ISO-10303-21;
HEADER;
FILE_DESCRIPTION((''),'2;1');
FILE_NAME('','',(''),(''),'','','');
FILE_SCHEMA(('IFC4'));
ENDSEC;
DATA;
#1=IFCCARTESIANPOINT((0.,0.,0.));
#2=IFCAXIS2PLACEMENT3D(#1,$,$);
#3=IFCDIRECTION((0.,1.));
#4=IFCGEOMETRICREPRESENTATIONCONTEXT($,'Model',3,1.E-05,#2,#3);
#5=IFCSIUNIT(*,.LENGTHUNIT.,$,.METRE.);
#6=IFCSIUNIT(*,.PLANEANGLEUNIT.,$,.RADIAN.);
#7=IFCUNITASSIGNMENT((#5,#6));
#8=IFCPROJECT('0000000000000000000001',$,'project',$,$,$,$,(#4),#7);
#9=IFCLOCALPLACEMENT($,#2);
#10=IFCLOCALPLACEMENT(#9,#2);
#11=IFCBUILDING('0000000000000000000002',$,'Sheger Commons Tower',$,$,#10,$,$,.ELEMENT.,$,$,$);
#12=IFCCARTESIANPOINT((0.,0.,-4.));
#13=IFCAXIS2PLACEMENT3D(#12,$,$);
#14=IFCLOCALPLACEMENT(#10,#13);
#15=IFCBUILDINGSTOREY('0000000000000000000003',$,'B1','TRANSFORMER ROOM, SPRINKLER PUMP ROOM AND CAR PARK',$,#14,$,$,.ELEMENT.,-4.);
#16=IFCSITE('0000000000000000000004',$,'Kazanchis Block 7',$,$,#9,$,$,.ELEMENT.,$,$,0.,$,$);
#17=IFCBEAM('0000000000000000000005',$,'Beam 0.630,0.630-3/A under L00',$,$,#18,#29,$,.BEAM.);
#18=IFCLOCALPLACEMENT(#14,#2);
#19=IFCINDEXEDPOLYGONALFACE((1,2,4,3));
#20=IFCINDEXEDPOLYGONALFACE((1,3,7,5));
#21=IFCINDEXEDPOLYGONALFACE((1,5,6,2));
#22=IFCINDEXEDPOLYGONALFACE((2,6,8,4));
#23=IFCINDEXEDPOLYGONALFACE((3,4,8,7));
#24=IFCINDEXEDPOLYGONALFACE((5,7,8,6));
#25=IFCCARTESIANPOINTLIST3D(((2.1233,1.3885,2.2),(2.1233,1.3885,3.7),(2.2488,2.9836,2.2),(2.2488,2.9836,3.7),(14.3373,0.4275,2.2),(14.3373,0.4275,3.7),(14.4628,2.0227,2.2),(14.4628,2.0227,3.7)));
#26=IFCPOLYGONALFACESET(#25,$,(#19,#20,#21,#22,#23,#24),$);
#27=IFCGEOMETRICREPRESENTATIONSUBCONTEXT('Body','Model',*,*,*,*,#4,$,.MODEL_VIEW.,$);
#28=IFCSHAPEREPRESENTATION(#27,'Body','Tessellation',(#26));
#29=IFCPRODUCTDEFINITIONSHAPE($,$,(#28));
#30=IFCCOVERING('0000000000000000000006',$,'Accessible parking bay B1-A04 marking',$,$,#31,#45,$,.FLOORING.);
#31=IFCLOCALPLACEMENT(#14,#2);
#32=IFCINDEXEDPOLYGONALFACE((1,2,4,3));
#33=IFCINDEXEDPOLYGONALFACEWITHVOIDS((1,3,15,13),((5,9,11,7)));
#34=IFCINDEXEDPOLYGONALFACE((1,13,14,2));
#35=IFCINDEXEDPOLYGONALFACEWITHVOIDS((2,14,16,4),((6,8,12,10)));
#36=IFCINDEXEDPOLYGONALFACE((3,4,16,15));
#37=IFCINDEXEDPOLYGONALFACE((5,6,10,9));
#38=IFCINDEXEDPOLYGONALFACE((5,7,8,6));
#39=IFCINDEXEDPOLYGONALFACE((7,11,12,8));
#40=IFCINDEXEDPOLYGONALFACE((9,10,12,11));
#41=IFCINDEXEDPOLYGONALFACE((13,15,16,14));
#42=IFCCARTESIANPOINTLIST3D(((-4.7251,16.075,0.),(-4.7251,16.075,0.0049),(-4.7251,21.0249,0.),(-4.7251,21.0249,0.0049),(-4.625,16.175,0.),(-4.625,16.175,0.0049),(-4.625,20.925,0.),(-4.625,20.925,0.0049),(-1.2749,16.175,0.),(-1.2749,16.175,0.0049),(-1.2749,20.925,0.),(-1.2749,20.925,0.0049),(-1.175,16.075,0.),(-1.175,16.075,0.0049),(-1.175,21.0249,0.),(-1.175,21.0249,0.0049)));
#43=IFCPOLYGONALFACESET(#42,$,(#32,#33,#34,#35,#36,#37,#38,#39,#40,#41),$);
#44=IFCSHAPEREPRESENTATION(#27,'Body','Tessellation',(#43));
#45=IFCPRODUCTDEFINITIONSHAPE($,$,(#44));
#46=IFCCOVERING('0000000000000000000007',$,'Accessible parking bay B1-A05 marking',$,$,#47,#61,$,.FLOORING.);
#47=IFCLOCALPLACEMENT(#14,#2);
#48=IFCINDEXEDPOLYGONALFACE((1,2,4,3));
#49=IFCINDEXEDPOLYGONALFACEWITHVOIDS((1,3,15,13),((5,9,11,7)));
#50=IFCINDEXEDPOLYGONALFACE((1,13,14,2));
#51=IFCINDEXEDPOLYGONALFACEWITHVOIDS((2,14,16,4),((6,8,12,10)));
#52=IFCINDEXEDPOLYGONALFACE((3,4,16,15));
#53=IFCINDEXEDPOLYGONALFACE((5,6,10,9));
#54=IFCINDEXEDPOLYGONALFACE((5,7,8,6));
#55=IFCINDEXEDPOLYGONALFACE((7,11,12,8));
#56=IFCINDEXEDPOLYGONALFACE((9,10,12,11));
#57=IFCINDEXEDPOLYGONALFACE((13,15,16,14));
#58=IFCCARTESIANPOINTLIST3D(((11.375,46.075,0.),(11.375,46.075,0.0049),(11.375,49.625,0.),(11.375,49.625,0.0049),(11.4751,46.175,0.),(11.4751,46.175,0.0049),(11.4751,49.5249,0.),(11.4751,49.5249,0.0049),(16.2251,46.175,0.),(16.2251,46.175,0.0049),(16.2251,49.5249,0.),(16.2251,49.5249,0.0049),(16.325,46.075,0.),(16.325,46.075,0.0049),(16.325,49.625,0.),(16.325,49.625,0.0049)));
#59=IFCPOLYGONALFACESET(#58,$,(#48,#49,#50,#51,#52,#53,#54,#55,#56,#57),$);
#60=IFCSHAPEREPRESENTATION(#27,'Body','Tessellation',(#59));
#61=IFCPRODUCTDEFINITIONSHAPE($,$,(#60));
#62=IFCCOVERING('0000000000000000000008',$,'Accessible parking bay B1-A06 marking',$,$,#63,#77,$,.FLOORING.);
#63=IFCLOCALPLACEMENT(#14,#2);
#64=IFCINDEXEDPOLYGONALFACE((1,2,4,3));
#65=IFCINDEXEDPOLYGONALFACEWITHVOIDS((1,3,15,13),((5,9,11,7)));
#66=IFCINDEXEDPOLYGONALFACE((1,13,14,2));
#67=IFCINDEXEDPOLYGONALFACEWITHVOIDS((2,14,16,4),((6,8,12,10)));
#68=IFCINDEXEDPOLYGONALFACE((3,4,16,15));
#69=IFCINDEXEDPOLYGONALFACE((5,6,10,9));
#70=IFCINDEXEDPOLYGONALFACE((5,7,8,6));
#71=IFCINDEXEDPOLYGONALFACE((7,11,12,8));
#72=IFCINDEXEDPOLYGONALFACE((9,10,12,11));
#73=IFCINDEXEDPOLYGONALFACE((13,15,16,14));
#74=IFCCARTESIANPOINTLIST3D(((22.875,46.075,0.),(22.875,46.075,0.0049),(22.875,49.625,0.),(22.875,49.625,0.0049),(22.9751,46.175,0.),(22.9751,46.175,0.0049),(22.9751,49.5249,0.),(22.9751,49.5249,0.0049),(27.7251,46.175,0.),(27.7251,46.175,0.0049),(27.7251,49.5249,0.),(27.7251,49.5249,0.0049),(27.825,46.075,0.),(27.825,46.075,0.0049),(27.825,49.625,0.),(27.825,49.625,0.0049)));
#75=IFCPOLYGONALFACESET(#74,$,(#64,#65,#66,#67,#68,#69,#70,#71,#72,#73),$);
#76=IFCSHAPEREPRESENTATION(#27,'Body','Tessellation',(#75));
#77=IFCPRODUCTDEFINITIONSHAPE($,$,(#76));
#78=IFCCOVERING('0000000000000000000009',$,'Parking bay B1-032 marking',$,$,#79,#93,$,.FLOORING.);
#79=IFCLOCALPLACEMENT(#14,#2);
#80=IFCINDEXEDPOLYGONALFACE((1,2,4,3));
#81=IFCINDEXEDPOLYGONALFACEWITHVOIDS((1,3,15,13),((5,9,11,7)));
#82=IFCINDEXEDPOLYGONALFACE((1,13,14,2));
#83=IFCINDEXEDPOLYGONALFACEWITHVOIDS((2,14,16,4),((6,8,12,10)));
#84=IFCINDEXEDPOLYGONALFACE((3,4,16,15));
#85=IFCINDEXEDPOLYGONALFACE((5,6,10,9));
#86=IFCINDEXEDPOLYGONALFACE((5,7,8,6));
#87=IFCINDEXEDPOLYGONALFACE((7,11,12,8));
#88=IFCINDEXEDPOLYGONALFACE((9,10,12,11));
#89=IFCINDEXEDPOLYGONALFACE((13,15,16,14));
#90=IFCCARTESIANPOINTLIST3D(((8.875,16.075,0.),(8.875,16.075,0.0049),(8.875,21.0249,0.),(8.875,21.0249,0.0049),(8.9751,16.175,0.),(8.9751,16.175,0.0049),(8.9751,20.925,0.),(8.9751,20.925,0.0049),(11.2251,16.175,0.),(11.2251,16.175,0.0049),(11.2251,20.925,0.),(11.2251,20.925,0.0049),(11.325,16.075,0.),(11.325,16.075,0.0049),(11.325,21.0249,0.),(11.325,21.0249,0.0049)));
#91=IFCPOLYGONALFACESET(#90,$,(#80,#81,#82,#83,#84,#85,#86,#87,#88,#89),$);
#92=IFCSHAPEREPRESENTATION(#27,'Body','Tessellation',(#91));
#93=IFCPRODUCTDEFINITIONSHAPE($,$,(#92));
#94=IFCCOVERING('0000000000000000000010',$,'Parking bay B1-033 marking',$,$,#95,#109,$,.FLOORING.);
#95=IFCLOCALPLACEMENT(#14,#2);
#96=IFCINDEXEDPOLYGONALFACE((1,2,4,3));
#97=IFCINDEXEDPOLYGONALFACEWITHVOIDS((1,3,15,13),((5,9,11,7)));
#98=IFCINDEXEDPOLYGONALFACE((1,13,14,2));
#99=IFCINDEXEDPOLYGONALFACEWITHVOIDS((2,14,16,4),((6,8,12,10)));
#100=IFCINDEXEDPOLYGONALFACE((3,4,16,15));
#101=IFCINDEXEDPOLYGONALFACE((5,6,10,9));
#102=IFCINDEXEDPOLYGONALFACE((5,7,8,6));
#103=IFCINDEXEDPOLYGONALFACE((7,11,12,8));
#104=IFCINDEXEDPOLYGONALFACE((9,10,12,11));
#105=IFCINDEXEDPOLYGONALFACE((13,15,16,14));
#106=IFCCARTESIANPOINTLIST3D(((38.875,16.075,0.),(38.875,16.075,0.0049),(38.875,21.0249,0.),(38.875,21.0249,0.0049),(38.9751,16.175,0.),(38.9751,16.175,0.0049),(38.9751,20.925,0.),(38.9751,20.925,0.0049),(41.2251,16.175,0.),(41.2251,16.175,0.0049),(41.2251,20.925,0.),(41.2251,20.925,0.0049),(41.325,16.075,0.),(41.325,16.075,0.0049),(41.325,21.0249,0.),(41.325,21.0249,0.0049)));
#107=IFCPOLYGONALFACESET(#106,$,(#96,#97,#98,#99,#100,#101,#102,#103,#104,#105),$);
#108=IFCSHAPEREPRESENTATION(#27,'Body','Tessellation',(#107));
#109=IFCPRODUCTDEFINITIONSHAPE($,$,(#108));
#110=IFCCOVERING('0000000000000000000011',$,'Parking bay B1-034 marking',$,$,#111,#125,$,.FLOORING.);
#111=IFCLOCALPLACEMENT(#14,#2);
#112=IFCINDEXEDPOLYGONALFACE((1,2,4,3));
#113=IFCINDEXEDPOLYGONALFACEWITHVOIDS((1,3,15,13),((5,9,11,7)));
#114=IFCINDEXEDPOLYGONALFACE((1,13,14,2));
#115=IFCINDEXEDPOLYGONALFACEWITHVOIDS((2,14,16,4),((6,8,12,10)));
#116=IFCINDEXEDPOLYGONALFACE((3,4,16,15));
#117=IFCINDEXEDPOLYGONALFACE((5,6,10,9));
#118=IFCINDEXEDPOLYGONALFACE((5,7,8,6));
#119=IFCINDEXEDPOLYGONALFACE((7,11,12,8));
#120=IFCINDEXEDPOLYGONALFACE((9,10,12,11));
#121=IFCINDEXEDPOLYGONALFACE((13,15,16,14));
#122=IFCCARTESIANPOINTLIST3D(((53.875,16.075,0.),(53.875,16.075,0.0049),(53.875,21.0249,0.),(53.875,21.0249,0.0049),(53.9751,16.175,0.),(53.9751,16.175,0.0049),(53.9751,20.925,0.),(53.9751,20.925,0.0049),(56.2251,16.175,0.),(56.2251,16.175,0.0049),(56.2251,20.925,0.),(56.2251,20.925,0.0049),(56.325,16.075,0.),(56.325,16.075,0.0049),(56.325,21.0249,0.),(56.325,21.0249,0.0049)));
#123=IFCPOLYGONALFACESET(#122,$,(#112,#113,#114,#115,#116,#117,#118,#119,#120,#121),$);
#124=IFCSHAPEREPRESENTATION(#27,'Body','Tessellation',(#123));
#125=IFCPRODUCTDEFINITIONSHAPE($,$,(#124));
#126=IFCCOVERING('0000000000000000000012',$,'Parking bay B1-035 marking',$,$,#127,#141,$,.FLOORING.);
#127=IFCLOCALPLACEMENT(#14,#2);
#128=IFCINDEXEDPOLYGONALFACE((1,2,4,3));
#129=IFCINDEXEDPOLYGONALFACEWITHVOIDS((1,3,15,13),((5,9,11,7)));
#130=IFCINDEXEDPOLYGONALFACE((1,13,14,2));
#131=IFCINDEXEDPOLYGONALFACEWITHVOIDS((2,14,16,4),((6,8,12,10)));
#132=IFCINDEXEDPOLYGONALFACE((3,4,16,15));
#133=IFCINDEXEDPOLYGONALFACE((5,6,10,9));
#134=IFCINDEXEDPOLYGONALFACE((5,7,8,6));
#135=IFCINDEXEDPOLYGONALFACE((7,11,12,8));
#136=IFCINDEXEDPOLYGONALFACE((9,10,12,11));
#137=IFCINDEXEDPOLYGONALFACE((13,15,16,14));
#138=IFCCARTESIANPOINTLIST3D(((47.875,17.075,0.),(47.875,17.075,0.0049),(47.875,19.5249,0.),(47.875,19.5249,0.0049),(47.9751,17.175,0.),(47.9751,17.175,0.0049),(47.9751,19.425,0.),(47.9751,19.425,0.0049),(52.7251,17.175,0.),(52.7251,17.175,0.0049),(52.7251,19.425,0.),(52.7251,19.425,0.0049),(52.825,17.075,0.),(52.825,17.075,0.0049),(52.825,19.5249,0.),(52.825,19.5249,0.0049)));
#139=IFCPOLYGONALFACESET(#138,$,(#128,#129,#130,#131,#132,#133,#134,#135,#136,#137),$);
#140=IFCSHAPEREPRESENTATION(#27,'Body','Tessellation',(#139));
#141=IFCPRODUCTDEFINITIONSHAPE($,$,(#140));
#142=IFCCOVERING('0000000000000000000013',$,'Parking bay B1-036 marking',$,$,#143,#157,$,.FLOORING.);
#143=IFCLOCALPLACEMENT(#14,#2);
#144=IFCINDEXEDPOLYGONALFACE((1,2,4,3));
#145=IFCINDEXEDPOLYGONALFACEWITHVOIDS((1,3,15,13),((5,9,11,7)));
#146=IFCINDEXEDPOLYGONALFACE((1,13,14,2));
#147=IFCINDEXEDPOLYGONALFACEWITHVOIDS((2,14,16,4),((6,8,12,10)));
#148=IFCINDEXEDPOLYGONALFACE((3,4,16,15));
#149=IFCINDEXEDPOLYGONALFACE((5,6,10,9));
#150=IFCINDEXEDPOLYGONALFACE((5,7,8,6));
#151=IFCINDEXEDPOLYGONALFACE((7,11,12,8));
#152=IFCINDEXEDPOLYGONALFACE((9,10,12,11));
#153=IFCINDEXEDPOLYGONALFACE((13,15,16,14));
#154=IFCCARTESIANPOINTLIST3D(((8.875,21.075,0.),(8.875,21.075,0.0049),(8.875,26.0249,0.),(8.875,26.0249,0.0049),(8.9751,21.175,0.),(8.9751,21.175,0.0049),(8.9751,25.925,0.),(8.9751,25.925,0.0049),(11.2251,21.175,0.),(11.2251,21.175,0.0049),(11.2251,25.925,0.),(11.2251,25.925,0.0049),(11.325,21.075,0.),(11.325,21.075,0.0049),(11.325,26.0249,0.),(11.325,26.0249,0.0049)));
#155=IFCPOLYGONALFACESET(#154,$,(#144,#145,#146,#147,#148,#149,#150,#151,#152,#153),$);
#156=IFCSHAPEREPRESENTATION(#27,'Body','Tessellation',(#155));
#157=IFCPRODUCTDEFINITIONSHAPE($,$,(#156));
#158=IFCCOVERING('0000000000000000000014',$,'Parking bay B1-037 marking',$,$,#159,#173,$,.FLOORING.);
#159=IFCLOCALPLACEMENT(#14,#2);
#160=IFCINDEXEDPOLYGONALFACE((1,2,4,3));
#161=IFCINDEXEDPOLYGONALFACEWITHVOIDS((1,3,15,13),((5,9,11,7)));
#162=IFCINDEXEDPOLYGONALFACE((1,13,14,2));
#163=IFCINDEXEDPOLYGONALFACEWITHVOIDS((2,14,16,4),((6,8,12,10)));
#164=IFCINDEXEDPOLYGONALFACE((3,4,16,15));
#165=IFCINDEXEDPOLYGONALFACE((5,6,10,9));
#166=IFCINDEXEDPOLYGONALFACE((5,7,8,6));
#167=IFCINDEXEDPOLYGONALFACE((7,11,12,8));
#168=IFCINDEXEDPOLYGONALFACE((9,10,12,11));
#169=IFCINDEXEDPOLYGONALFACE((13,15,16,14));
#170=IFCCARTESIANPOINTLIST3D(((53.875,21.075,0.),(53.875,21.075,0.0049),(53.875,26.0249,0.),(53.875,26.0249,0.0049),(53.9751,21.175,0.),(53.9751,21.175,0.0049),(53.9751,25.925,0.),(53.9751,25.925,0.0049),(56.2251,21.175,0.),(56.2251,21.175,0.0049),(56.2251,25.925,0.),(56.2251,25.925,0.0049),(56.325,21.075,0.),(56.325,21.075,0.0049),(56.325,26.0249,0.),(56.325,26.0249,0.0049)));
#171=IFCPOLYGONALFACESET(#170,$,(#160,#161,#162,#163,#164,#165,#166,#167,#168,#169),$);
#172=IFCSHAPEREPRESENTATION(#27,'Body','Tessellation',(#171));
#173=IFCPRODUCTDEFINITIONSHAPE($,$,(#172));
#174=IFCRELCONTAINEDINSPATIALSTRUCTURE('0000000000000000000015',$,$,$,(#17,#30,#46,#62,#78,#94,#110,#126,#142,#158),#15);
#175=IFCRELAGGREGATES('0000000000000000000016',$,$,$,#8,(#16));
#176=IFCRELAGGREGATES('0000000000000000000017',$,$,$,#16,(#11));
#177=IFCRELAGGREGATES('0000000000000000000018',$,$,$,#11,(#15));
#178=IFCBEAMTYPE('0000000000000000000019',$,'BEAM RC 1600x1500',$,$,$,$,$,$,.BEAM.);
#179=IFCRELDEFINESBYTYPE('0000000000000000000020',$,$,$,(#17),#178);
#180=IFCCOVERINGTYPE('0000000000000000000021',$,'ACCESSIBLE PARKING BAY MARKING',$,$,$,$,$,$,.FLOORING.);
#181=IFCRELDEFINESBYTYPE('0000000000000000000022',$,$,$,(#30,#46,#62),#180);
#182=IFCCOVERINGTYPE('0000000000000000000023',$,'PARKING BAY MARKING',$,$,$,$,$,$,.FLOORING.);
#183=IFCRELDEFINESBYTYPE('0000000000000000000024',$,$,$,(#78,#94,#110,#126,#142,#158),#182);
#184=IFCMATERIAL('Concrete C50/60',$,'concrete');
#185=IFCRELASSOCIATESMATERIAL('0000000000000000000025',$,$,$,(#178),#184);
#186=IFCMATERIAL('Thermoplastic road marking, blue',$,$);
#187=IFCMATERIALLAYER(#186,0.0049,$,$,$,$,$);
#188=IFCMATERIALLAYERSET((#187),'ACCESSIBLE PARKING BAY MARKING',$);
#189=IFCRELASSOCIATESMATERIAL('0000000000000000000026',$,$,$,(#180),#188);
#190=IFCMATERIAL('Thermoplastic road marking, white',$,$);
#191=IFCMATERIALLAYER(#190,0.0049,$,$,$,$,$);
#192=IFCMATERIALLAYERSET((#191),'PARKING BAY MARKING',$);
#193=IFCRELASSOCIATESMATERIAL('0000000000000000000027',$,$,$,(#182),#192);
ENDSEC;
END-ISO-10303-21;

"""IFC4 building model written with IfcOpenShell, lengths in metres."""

from ifc_helpers import new_model, si_unit, direction, frame, origin, origin_2d, place, context, subcontext, project, spatial, polyline, rectangle, outline, extrude, material, layer, layer_set, material_profile, profile_set, type_object, element, save


model = new_model("IFC4")

# Units and contexts
model_context = context("Model", 3, precision=1e-05, world=origin(), true_north=direction((0.0, 1.0)))
body_context = subcontext(model_context, "Body", "Model", "MODEL_VIEW")
ifc_project = project(units=[si_unit("LENGTHUNIT", "METRE"), si_unit("PLANEANGLEUNIT", "RADIAN")], contexts=[model_context])

# Site, building, storey
site_placement = place(None, origin())
site = spatial("IfcSite", under=ifc_project, at=site_placement, Name="Kazanchis Block 7", CompositionType="ELEMENT", RefElevation=0.0)
building_placement = place(site_placement, origin())
building = spatial("IfcBuilding", under=site, at=building_placement, Name="Sheger Commons Tower", CompositionType="ELEMENT")
storey_placement = place(building_placement, frame((0.0, 0.0, -4.0)))
storey = spatial("IfcBuildingStorey", under=building, at=storey_placement, Name="B1", Description="TRANSFORMER ROOM, SPRINKLER PUMP ROOM AND CAR PARK", CompositionType="ELEMENT", Elevation=-4.0)

# Beam
ifc_material_1 = material(Name="Concrete C50/60", Category="concrete")
ifc_material_profile_1 = material_profile(ifc_material_1, rectangle(XDim=1.6001, YDim=1.5, at=origin_2d()), Name="RC 1600x1500")
ifc_profile_set_1 = profile_set([ifc_material_profile_1], Name="Concrete C50/60")
beam_type = type_object("IfcBeamType", Name="BEAM RC 1600x1500", PredefinedType="BEAM", material=ifc_profile_set_1)
beam_placement = place(storey_placement, frame((2.186, 2.186, 2.95), z_axis=(0.996919, -0.078434, 0.0), x_axis=(0.078434, 0.996919, 0.0)))
element("IfcBeam", 1, at=beam_placement, inside=storey, type_object=beam_type, Name="Beam 0.630,0.630-3/A under L00", PredefinedType="BEAM", context=body_context, shape_type="SweptSolid", body=[
    extrude(rectangle(XDim=1.6001, YDim=1.5, at=origin_2d()), origin(), (0.0, 0.0, 1.0), 12.2517),
])

# Coverings
ifc_material_2 = material(Name="Thermoplastic road marking, blue")
ifc_layer_1 = layer(ifc_material_2, 0.0049)
ifc_layer_set_1 = layer_set([ifc_layer_1], Name="ACCESSIBLE PARKING BAY MARKING")
covering_type_1 = type_object("IfcCoveringType", Name="ACCESSIBLE PARKING BAY MARKING", PredefinedType="FLOORING", material=ifc_layer_set_1)
covering_1_placement = place(storey_placement, origin())
element("IfcCovering", 2, at=covering_1_placement, inside=storey, type_object=covering_type_1, Name="Accessible parking bay B1-A04 marking", PredefinedType="FLOORING", context=body_context, shape_type="SweptSolid", body=[
    extrude(outline(polyline([(-4.7251, 16.075), (-1.175, 16.075), (-1.175, 21.0249), (-4.7251, 21.0249), (-4.7251, 16.075)]), holes=[polyline([(-1.2749, 20.925), (-1.2749, 16.175), (-4.625, 16.175), (-4.625, 20.925), (-1.2749, 20.925)])]), origin(), (0.0, 0.0, 1.0), 0.0049),
])
covering_2_placement = place(storey_placement, origin())
element("IfcCovering", 3, at=covering_2_placement, inside=storey, type_object=covering_type_1, Name="Accessible parking bay B1-A05 marking", PredefinedType="FLOORING", context=body_context, shape_type="SweptSolid", body=[
    extrude(outline(polyline([(11.375, 46.075), (16.325, 46.075), (16.325, 49.625), (11.375, 49.625), (11.375, 46.075)]), holes=[polyline([(16.2251, 49.5249), (16.2251, 46.175), (11.4751, 46.175), (11.4751, 49.5249), (16.2251, 49.5249)])]), origin(), (0.0, 0.0, 1.0), 0.0049),
])
covering_3_placement = place(storey_placement, origin())
element("IfcCovering", 4, at=covering_3_placement, inside=storey, type_object=covering_type_1, Name="Accessible parking bay B1-A06 marking", PredefinedType="FLOORING", context=body_context, shape_type="SweptSolid", body=[
    extrude(outline(polyline([(22.875, 46.075), (27.825, 46.075), (27.825, 49.625), (22.875, 49.625), (22.875, 46.075)]), holes=[polyline([(27.7251, 49.5249), (27.7251, 46.175), (22.9751, 46.175), (22.9751, 49.5249), (27.7251, 49.5249)])]), origin(), (0.0, 0.0, 1.0), 0.0049),
])
ifc_material_3 = material(Name="Thermoplastic road marking, white")
ifc_layer_2 = layer(ifc_material_3, 0.0049)
ifc_layer_set_2 = layer_set([ifc_layer_2], Name="PARKING BAY MARKING")
covering_type_2 = type_object("IfcCoveringType", Name="PARKING BAY MARKING", PredefinedType="FLOORING", material=ifc_layer_set_2)
covering_4_placement = place(storey_placement, origin())
element("IfcCovering", 5, at=covering_4_placement, inside=storey, type_object=covering_type_2, Name="Parking bay B1-032 marking", PredefinedType="FLOORING", context=body_context, shape_type="SweptSolid", body=[
    extrude(outline(polyline([(8.875, 16.075), (11.325, 16.075), (11.325, 21.0249), (8.875, 21.0249), (8.875, 16.075)]), holes=[polyline([(11.2251, 20.925), (11.2251, 16.175), (8.9751, 16.175), (8.9751, 20.925), (11.2251, 20.925)])]), origin(), (0.0, 0.0, 1.0), 0.0049),
])
covering_5_placement = place(storey_placement, origin())
element("IfcCovering", 6, at=covering_5_placement, inside=storey, type_object=covering_type_2, Name="Parking bay B1-033 marking", PredefinedType="FLOORING", context=body_context, shape_type="SweptSolid", body=[
    extrude(outline(polyline([(38.875, 16.075), (41.325, 16.075), (41.325, 21.0249), (38.875, 21.0249), (38.875, 16.075)]), holes=[polyline([(41.2251, 20.925), (41.2251, 16.175), (38.9751, 16.175), (38.9751, 20.925), (41.2251, 20.925)])]), origin(), (0.0, 0.0, 1.0), 0.0049),
])
covering_6_placement = place(storey_placement, origin())
element("IfcCovering", 7, at=covering_6_placement, inside=storey, type_object=covering_type_2, Name="Parking bay B1-034 marking", PredefinedType="FLOORING", context=body_context, shape_type="SweptSolid", body=[
    extrude(outline(polyline([(53.875, 16.075), (56.325, 16.075), (56.325, 21.0249), (53.875, 21.0249), (53.875, 16.075)]), holes=[polyline([(56.2251, 20.925), (56.2251, 16.175), (53.9751, 16.175), (53.9751, 20.925), (56.2251, 20.925)])]), origin(), (0.0, 0.0, 1.0), 0.0049),
])
covering_7_placement = place(storey_placement, origin())
element("IfcCovering", 8, at=covering_7_placement, inside=storey, type_object=covering_type_2, Name="Parking bay B1-035 marking", PredefinedType="FLOORING", context=body_context, shape_type="SweptSolid", body=[
    extrude(outline(polyline([(47.875, 17.075), (52.825, 17.075), (52.825, 19.5249), (47.875, 19.5249), (47.875, 17.075)]), holes=[polyline([(52.7251, 19.425), (52.7251, 17.175), (47.9751, 17.175), (47.9751, 19.425), (52.7251, 19.425)])]), origin(), (0.0, 0.0, 1.0), 0.0049),
])
covering_8_placement = place(storey_placement, origin())
element("IfcCovering", 9, at=covering_8_placement, inside=storey, type_object=covering_type_2, Name="Parking bay B1-036 marking", PredefinedType="FLOORING", context=body_context, shape_type="SweptSolid", body=[
    extrude(outline(polyline([(8.875, 21.075), (11.325, 21.075), (11.325, 26.0249), (8.875, 26.0249), (8.875, 21.075)]), holes=[polyline([(11.2251, 25.925), (11.2251, 21.175), (8.9751, 21.175), (8.9751, 25.925), (11.2251, 25.925)])]), origin(), (0.0, 0.0, 1.0), 0.0049),
])
covering_9_placement = place(storey_placement, origin())
element("IfcCovering", 10, at=covering_9_placement, inside=storey, type_object=covering_type_2, Name="Parking bay B1-037 marking", PredefinedType="FLOORING", context=body_context, shape_type="SweptSolid", body=[
    extrude(outline(polyline([(53.875, 21.075), (56.325, 21.075), (56.325, 26.0249), (53.875, 26.0249), (53.875, 21.075)]), holes=[polyline([(56.2251, 25.925), (56.2251, 21.175), (53.9751, 21.175), (53.9751, 25.925), (56.2251, 25.925)])]), origin(), (0.0, 0.0, 1.0), 0.0049),
])

save(model, "model.ifc")
